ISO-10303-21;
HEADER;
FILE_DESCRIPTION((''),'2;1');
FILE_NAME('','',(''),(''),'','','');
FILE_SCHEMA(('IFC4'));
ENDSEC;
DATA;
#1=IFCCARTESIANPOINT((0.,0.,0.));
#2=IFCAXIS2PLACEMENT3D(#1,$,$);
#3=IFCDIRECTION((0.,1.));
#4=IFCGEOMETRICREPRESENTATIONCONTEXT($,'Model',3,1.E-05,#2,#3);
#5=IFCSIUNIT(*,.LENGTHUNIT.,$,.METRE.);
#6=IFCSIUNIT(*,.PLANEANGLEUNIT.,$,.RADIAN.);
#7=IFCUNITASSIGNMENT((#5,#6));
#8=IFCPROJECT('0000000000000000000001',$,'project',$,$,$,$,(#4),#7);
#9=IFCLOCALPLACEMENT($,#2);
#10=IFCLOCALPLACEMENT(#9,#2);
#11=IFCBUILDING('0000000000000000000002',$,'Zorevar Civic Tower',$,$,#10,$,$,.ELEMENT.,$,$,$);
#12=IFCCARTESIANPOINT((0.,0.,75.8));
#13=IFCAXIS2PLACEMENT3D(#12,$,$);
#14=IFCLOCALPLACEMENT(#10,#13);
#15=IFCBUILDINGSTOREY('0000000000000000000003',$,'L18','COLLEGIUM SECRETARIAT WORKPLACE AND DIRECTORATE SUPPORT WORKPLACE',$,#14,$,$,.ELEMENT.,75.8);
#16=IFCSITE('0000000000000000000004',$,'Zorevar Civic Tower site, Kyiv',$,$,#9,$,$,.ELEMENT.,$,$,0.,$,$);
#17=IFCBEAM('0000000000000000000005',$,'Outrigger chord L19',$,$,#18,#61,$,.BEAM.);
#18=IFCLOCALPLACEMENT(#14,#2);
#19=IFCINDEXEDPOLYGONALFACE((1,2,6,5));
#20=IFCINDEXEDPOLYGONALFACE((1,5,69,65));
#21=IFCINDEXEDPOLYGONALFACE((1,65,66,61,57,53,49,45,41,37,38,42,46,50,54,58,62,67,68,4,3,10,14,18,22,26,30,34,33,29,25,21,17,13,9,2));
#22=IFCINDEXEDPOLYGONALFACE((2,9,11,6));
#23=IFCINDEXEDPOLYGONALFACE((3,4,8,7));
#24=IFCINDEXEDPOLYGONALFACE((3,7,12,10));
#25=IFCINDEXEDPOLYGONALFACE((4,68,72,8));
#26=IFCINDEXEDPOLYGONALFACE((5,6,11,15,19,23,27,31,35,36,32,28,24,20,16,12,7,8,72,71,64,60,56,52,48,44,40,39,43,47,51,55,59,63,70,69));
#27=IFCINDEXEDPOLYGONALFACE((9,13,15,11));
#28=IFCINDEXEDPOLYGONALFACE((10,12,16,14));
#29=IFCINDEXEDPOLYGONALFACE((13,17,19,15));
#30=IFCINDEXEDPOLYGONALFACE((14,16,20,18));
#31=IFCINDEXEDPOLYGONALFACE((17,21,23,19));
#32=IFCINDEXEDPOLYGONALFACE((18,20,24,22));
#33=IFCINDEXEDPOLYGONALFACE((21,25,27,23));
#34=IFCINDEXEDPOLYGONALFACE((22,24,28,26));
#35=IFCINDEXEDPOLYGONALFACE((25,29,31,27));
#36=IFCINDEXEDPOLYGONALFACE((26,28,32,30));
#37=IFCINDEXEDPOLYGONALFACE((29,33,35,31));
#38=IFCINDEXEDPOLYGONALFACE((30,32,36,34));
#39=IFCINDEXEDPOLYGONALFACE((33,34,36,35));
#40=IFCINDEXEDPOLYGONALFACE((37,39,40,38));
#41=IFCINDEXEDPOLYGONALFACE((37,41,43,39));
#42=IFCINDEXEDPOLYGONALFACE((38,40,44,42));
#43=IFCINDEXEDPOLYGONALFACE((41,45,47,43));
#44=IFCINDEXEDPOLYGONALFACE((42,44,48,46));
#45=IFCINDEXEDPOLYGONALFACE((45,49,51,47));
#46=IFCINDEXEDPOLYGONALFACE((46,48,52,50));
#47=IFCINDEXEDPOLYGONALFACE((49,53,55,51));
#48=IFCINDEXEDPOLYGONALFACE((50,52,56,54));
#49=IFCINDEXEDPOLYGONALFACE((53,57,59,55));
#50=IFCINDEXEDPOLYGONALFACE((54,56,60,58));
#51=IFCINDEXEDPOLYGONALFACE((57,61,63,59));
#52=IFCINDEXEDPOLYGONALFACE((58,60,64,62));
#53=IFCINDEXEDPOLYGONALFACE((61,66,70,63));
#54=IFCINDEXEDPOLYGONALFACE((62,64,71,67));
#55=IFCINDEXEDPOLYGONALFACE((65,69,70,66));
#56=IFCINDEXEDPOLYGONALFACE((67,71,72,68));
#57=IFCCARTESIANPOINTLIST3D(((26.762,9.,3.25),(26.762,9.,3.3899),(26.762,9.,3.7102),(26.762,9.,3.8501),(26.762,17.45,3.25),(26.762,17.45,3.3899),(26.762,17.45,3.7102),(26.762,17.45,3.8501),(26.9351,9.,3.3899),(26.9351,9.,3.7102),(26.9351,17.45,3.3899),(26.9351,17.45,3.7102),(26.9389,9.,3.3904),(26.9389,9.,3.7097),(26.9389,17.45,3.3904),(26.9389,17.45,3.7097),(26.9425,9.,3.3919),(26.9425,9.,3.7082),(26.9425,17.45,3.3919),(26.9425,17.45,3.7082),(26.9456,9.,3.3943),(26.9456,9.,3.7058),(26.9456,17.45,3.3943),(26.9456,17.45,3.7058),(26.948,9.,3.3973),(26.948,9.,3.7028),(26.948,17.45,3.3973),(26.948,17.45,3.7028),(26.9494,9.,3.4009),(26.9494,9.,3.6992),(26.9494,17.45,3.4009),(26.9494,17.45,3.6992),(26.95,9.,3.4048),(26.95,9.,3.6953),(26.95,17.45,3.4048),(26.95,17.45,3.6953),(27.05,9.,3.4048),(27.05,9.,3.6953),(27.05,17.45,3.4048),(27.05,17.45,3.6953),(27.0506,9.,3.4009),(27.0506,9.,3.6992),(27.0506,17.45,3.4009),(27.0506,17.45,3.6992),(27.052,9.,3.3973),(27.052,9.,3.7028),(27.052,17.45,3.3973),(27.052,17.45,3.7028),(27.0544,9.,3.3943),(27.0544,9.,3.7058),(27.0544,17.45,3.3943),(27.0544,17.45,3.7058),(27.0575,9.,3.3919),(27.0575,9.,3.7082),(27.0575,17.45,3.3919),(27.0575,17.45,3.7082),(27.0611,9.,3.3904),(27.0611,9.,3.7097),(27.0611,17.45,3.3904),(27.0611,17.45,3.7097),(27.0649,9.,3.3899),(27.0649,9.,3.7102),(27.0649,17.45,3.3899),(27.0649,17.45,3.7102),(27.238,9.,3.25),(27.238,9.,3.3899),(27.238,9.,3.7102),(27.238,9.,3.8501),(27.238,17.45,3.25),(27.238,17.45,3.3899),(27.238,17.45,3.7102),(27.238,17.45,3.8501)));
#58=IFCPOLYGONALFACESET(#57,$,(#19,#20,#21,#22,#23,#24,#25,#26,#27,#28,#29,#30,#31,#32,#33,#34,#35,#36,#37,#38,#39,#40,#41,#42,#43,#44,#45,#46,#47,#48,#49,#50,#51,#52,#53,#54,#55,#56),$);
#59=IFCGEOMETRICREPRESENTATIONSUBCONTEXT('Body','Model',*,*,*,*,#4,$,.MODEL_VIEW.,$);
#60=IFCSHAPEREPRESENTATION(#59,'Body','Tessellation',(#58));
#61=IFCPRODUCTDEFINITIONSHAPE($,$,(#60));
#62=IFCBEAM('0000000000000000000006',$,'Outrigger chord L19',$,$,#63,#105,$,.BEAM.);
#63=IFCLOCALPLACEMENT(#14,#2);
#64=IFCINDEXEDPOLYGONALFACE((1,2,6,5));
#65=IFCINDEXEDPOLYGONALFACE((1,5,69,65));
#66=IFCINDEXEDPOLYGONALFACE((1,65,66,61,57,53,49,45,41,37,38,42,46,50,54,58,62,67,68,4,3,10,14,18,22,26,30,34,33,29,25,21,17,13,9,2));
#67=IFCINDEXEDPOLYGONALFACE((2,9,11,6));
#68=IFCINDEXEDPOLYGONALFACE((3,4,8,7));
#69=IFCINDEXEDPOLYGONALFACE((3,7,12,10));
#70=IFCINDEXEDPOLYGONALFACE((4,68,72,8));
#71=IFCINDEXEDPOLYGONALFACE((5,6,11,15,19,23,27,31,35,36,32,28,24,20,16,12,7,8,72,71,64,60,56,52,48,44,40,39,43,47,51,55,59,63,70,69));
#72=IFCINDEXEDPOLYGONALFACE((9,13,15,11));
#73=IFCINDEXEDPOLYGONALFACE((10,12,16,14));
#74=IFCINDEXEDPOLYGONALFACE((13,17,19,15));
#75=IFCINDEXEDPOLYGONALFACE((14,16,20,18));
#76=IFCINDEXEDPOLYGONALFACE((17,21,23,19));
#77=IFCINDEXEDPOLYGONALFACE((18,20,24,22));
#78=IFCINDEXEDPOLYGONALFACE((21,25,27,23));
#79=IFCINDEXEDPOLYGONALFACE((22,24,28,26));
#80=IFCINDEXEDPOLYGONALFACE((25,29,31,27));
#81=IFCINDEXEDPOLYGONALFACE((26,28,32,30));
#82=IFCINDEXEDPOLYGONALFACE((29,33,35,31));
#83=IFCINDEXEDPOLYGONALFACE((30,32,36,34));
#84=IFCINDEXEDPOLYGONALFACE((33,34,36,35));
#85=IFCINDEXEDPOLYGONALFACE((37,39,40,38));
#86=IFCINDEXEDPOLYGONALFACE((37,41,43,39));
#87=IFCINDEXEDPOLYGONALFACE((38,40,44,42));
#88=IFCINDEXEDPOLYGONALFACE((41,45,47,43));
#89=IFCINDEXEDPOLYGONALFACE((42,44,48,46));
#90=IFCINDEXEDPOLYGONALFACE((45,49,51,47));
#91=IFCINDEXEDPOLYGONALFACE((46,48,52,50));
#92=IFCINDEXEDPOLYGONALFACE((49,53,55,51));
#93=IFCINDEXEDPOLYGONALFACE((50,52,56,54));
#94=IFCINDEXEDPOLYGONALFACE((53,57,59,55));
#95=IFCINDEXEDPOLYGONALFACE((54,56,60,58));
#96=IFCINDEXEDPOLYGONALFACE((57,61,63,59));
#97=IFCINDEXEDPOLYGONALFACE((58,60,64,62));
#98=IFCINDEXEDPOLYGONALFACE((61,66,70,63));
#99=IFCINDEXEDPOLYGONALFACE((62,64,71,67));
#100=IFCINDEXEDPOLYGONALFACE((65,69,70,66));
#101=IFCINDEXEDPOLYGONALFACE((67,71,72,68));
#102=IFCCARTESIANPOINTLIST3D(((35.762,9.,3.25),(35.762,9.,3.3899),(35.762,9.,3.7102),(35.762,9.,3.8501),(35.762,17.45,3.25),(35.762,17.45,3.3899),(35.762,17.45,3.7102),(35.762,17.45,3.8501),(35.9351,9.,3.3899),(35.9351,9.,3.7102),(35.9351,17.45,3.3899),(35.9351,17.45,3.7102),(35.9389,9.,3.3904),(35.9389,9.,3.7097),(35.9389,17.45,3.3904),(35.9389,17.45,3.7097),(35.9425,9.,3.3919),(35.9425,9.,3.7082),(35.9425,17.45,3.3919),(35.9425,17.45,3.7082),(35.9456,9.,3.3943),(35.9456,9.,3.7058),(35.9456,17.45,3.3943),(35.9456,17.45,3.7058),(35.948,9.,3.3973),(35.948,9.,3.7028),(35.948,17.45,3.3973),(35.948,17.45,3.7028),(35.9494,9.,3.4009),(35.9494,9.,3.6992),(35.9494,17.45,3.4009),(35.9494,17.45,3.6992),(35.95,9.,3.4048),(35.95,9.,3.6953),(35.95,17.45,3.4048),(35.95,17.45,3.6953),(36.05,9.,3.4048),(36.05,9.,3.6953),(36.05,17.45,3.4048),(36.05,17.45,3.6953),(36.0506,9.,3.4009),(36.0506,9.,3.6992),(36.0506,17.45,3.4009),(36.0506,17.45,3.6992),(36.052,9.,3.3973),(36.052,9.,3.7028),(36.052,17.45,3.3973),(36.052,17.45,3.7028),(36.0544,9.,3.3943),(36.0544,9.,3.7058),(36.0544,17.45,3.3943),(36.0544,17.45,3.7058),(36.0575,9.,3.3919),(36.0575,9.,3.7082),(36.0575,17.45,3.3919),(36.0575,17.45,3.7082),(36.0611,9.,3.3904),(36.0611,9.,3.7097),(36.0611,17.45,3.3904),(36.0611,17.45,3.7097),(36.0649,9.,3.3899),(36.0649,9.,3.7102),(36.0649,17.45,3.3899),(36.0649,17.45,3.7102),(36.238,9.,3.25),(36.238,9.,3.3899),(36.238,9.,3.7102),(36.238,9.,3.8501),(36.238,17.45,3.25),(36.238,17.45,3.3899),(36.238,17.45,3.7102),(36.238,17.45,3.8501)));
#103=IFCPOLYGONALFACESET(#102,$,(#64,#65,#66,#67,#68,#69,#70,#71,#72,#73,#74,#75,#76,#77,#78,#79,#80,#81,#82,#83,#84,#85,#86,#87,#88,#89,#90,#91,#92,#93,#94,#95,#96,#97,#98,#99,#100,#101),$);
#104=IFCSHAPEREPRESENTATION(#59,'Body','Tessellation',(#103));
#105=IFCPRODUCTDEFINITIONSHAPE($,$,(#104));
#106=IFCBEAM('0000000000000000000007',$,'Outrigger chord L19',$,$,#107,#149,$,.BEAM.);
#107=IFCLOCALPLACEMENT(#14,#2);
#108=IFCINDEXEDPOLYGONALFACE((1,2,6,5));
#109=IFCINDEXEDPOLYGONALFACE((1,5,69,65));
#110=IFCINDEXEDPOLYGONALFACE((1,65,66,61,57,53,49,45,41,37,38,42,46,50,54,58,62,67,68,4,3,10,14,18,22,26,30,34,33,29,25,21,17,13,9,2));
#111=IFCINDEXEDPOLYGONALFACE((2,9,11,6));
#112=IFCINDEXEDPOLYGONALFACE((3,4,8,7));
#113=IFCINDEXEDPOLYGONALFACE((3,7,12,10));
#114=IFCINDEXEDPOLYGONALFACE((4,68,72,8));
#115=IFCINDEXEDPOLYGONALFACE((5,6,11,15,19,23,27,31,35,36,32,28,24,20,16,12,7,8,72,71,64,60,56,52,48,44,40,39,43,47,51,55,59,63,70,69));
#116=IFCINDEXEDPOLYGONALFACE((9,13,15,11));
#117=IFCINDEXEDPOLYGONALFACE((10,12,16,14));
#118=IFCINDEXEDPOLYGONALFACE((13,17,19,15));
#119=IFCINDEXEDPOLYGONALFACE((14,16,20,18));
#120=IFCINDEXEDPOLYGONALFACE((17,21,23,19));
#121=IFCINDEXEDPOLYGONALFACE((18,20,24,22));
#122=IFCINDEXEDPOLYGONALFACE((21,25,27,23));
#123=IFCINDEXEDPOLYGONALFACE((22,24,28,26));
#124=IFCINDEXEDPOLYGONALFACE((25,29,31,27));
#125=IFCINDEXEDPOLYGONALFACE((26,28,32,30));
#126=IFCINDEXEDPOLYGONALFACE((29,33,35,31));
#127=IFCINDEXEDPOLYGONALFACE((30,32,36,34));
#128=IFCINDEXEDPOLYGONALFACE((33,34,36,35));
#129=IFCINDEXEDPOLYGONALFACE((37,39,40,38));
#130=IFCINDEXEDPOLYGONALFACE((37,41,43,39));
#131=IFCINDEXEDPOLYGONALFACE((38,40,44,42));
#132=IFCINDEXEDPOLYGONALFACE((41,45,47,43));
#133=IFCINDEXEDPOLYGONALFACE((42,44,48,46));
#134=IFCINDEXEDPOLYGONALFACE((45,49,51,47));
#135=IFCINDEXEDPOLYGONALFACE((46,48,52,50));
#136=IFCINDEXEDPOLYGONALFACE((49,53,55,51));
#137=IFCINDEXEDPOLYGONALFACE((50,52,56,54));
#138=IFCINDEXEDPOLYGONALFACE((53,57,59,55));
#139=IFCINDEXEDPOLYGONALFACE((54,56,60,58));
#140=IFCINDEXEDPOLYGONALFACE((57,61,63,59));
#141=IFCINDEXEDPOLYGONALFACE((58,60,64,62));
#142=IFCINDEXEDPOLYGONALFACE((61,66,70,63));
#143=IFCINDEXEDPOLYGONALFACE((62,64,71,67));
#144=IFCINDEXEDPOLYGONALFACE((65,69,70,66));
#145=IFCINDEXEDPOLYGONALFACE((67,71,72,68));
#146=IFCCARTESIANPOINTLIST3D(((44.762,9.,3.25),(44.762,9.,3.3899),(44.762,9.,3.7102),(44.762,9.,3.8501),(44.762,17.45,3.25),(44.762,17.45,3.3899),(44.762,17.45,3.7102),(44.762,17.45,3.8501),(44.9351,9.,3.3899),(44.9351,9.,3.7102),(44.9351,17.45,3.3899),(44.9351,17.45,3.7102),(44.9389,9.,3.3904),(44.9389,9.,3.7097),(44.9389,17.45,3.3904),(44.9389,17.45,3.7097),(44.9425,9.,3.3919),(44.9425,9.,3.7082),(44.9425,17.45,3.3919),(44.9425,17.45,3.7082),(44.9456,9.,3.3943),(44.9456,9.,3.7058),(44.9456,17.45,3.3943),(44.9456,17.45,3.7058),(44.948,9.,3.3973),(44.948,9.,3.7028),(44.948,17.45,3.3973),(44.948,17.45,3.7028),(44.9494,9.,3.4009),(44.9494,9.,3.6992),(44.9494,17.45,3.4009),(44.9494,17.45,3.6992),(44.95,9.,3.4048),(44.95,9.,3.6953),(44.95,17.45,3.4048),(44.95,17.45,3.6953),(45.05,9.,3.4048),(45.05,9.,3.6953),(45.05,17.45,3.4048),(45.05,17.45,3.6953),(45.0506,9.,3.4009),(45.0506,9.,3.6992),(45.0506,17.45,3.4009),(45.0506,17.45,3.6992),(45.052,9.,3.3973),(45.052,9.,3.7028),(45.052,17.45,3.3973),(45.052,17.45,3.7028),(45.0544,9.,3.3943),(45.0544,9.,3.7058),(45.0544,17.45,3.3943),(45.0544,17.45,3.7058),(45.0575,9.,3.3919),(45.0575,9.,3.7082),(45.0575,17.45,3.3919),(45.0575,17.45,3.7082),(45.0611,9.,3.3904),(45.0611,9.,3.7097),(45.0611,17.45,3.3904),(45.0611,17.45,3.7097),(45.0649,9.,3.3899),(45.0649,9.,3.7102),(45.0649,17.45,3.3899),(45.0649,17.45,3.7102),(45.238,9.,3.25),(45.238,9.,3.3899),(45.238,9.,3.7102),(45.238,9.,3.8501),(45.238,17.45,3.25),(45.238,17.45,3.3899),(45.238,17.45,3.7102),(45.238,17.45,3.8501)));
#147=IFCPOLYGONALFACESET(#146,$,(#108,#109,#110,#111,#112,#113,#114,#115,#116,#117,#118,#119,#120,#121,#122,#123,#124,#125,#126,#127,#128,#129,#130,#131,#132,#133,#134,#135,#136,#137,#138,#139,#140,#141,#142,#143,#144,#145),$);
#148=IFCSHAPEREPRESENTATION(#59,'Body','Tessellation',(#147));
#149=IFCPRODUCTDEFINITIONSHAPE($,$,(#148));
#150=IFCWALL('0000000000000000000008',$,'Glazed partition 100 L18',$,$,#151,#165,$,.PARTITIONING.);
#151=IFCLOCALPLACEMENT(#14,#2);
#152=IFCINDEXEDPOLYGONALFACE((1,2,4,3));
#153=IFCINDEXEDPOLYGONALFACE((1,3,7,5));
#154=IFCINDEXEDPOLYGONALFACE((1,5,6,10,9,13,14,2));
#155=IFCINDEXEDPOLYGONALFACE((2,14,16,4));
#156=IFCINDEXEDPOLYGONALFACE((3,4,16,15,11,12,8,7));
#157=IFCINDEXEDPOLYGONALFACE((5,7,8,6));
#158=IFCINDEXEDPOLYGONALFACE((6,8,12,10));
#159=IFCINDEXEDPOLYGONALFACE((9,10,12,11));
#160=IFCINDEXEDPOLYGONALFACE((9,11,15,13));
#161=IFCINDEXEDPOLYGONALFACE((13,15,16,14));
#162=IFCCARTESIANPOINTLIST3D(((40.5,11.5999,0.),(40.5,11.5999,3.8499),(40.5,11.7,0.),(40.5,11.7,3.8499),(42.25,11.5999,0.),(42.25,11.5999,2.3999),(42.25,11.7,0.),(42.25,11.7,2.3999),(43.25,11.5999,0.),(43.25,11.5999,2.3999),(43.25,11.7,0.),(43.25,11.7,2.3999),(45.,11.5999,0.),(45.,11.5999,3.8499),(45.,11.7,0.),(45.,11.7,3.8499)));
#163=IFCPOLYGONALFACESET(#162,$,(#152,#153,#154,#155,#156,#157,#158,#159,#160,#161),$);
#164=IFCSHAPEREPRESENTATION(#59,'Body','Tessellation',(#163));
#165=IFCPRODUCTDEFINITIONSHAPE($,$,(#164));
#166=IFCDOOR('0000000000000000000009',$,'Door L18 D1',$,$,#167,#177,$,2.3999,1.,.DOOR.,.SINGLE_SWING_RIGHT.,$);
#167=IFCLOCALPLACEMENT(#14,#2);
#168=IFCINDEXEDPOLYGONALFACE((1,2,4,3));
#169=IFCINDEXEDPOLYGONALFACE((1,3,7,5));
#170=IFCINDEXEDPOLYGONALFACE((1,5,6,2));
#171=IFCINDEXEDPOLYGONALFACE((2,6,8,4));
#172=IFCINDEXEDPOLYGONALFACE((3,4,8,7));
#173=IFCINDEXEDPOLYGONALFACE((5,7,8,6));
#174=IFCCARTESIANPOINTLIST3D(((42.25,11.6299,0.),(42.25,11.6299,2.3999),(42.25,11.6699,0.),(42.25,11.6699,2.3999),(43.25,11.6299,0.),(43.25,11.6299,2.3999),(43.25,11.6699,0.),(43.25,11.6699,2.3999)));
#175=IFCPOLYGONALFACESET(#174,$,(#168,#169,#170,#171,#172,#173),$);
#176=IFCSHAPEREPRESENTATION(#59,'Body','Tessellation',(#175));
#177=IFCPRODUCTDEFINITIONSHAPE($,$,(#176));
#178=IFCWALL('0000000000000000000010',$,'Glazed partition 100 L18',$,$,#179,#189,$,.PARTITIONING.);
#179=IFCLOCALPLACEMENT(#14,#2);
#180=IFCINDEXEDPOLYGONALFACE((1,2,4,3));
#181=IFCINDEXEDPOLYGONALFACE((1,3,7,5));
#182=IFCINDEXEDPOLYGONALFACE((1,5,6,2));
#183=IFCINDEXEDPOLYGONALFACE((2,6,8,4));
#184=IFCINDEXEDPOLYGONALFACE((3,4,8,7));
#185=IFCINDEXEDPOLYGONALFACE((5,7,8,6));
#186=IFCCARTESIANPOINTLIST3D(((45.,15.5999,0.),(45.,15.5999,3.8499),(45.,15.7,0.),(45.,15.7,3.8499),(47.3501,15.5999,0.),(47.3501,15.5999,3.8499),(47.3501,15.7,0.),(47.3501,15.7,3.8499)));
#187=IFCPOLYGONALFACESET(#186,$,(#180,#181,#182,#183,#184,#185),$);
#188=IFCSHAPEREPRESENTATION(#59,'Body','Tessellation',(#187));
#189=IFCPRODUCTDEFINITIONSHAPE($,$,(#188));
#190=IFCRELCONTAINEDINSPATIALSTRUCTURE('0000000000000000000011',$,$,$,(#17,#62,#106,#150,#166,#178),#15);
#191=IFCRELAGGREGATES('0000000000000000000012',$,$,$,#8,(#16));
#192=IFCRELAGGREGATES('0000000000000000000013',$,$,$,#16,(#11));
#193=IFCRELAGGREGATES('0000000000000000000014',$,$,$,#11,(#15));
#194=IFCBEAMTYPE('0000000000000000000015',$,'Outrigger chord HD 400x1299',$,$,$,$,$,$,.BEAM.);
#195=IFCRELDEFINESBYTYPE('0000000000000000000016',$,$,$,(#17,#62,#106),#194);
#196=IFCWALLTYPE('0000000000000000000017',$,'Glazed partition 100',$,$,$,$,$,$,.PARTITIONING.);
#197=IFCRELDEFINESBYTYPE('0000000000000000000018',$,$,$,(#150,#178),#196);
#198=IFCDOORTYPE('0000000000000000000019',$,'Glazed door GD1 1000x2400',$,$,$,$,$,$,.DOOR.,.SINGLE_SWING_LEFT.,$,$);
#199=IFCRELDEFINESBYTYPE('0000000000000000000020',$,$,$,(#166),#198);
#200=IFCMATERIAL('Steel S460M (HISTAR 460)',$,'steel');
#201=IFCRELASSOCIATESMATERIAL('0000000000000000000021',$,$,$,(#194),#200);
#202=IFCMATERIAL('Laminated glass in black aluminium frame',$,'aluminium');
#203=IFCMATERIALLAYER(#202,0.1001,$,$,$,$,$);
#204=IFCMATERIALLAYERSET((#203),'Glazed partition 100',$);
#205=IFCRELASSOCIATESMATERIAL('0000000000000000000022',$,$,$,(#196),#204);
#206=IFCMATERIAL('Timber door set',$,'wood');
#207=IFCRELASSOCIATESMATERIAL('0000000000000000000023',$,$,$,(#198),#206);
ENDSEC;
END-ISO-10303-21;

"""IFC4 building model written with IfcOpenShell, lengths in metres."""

from ifc_helpers import new_model, si_unit, direction, frame, frame_2d, origin, origin_2d, place, context, subcontext, project, spatial, rectangle, i_section, extrude, material, layer, layer_set, material_profile, profile_set, type_object, element, fill, save


model = new_model("IFC4")

# Units and contexts
model_context = context("Model", 3, precision=1e-05, world=origin(), true_north=direction((0.0, 1.0)))
body_context = subcontext(model_context, "Body", "Model", "MODEL_VIEW")
ifc_project = project(units=[si_unit("LENGTHUNIT", "METRE"), si_unit("PLANEANGLEUNIT", "RADIAN")], contexts=[model_context])

# Site, building, storey
site_placement = place(None, origin())
site = spatial("IfcSite", under=ifc_project, at=site_placement, Name="Zorevar Civic Tower site, Kyiv", CompositionType="ELEMENT", RefElevation=0.0)
building_placement = place(site_placement, origin())
building = spatial("IfcBuilding", under=site, at=building_placement, Name="Zorevar Civic Tower", CompositionType="ELEMENT")
storey_placement = place(building_placement, frame((0.0, 0.0, 75.8)))
storey = spatial("IfcBuildingStorey", under=building, at=storey_placement, Name="L18", Description="COLLEGIUM SECRETARIAT WORKPLACE AND DIRECTORATE SUPPORT WORKPLACE", CompositionType="ELEMENT", Elevation=75.8)

# Beams
ifc_material_1 = material(Name="Steel S460M (HISTAR 460)", Category="steel")
ifc_material_profile_1 = material_profile(ifc_material_1, i_section(OverallWidth=0.4761, OverallDepth=0.6001, WebThickness=0.1001, FlangeThickness=0.1399, FilletRadius=0.0149, at=origin_2d()), Name="HD 400x1299")
ifc_profile_set_1 = profile_set([ifc_material_profile_1], Name="Steel S460M (HISTAR 460)")
beam_type_1 = type_object("IfcBeamType", Name="Outrigger chord HD 400x1299", PredefinedType="BEAM", material=ifc_profile_set_1)
for number, where, z_axis, x_axis, name in (
    (1, (27.0, 9.0, 3.55), (0.0, 1.0, 0.0), (-1.0, 0.0, 0.0), "Outrigger chord L19"),
    (2, (36.0, 9.0, 3.55), (0.0, 1.0, 0.0), (-1.0, 0.0, 0.0), "Outrigger chord L19"),
    (3, (45.0, 9.0, 3.55), (0.0, 1.0, 0.0), (-1.0, 0.0, 0.0), "Outrigger chord L19"),
):
    element("IfcBeam", number, at=place(storey_placement, frame(where, z_axis=z_axis, x_axis=x_axis)), inside=storey, type_object=beam_type_1, Name=name, PredefinedType="BEAM", context=body_context, shape_type="SweptSolid", body=[
        extrude(i_section(OverallWidth=0.4761, OverallDepth=0.6001, WebThickness=0.1001, FlangeThickness=0.1399, FilletRadius=0.0149, at=origin_2d()), origin(), (0.0, 0.0, 1.0), 8.45),
    ])

# Wall, opening, door
ifc_material_2 = material(Name="Laminated glass in black aluminium frame", Category="aluminium")
ifc_layer_1 = layer(ifc_material_2, 0.1001)
ifc_layer_set_1 = layer_set([ifc_layer_1], Name="Glazed partition 100")
wall_type_1 = type_object("IfcWallType", Name="Glazed partition 100", PredefinedType="PARTITIONING", material=ifc_layer_set_1)
wall_1_placement = place(storey_placement, frame((40.5, 11.6499, 0.0), z_axis=(0.0, 0.0, 1.0), x_axis=(1.0, 0.0, 0.0)))
wall_1 = element("IfcWall", 4, at=wall_1_placement, inside=storey, type_object=wall_type_1, Name="Glazed partition 100 L18", PredefinedType="PARTITIONING", context=body_context, shape_type="SweptSolid", body=[
    extrude(rectangle(XDim=4.5, YDim=0.1001, at=frame_2d((2.25, 0.0))), origin(), (0.0, 0.0, 1.0), 3.8499),
])
opening_1_placement = place(wall_1_placement, frame((1.75, 0.0, 0.0)))
opening_1 = element("IfcOpeningElement", 5, at=opening_1_placement, cuts=wall_1, PredefinedType="OPENING", context=body_context, shape_type="SweptSolid", body=[
    extrude(rectangle(XDim=1.0, YDim=2.3999, at=frame_2d((0.5, 1.2))), frame((0.0, 0.0601, 0.0), z_axis=(0.0, -1.0, 0.0), x_axis=(1.0, 0.0, 0.0)), (0.0, 0.0, 1.0), 0.1201),
])
ifc_material_3 = material(Name="Timber door set", Category="wood")
door_type_1 = type_object("IfcDoorType", Name="Glazed door GD1 1000x2400", OperationType="SINGLE_SWING_LEFT", PredefinedType="DOOR", material=ifc_material_3)
door_1_placement = place(opening_1_placement, origin())
door_1 = element("IfcDoor", 6, at=door_1_placement, inside=storey, type_object=door_type_1, Name="Door L18 D1", OperationType="SINGLE_SWING_RIGHT", OverallHeight=2.3999, OverallWidth=1.0, PredefinedType="DOOR", context=body_context, shape_type="SweptSolid", body=[
    extrude(rectangle(XDim=1.0, YDim=2.3999, at=frame_2d((0.5, 1.2))), frame((0.0, 0.02, 0.0), z_axis=(0.0, -1.0, 0.0), x_axis=(1.0, 0.0, 0.0)), (0.0, 0.0, 1.0), 0.04),
])
fill(opening_1, door_1)

# Wall
wall_2_placement = place(storey_placement, frame((45.0, 15.6499, 0.0), z_axis=(0.0, 0.0, 1.0), x_axis=(1.0, 0.0, 0.0)))
element("IfcWall", 7, at=wall_2_placement, inside=storey, type_object=wall_type_1, Name="Glazed partition 100 L18", PredefinedType="PARTITIONING", context=body_context, shape_type="SweptSolid", body=[
    extrude(rectangle(XDim=2.3501, YDim=0.1001, at=frame_2d((1.175, 0.0))), origin(), (0.0, 0.0, 1.0), 3.8499),
])

save(model, "model.ifc")
